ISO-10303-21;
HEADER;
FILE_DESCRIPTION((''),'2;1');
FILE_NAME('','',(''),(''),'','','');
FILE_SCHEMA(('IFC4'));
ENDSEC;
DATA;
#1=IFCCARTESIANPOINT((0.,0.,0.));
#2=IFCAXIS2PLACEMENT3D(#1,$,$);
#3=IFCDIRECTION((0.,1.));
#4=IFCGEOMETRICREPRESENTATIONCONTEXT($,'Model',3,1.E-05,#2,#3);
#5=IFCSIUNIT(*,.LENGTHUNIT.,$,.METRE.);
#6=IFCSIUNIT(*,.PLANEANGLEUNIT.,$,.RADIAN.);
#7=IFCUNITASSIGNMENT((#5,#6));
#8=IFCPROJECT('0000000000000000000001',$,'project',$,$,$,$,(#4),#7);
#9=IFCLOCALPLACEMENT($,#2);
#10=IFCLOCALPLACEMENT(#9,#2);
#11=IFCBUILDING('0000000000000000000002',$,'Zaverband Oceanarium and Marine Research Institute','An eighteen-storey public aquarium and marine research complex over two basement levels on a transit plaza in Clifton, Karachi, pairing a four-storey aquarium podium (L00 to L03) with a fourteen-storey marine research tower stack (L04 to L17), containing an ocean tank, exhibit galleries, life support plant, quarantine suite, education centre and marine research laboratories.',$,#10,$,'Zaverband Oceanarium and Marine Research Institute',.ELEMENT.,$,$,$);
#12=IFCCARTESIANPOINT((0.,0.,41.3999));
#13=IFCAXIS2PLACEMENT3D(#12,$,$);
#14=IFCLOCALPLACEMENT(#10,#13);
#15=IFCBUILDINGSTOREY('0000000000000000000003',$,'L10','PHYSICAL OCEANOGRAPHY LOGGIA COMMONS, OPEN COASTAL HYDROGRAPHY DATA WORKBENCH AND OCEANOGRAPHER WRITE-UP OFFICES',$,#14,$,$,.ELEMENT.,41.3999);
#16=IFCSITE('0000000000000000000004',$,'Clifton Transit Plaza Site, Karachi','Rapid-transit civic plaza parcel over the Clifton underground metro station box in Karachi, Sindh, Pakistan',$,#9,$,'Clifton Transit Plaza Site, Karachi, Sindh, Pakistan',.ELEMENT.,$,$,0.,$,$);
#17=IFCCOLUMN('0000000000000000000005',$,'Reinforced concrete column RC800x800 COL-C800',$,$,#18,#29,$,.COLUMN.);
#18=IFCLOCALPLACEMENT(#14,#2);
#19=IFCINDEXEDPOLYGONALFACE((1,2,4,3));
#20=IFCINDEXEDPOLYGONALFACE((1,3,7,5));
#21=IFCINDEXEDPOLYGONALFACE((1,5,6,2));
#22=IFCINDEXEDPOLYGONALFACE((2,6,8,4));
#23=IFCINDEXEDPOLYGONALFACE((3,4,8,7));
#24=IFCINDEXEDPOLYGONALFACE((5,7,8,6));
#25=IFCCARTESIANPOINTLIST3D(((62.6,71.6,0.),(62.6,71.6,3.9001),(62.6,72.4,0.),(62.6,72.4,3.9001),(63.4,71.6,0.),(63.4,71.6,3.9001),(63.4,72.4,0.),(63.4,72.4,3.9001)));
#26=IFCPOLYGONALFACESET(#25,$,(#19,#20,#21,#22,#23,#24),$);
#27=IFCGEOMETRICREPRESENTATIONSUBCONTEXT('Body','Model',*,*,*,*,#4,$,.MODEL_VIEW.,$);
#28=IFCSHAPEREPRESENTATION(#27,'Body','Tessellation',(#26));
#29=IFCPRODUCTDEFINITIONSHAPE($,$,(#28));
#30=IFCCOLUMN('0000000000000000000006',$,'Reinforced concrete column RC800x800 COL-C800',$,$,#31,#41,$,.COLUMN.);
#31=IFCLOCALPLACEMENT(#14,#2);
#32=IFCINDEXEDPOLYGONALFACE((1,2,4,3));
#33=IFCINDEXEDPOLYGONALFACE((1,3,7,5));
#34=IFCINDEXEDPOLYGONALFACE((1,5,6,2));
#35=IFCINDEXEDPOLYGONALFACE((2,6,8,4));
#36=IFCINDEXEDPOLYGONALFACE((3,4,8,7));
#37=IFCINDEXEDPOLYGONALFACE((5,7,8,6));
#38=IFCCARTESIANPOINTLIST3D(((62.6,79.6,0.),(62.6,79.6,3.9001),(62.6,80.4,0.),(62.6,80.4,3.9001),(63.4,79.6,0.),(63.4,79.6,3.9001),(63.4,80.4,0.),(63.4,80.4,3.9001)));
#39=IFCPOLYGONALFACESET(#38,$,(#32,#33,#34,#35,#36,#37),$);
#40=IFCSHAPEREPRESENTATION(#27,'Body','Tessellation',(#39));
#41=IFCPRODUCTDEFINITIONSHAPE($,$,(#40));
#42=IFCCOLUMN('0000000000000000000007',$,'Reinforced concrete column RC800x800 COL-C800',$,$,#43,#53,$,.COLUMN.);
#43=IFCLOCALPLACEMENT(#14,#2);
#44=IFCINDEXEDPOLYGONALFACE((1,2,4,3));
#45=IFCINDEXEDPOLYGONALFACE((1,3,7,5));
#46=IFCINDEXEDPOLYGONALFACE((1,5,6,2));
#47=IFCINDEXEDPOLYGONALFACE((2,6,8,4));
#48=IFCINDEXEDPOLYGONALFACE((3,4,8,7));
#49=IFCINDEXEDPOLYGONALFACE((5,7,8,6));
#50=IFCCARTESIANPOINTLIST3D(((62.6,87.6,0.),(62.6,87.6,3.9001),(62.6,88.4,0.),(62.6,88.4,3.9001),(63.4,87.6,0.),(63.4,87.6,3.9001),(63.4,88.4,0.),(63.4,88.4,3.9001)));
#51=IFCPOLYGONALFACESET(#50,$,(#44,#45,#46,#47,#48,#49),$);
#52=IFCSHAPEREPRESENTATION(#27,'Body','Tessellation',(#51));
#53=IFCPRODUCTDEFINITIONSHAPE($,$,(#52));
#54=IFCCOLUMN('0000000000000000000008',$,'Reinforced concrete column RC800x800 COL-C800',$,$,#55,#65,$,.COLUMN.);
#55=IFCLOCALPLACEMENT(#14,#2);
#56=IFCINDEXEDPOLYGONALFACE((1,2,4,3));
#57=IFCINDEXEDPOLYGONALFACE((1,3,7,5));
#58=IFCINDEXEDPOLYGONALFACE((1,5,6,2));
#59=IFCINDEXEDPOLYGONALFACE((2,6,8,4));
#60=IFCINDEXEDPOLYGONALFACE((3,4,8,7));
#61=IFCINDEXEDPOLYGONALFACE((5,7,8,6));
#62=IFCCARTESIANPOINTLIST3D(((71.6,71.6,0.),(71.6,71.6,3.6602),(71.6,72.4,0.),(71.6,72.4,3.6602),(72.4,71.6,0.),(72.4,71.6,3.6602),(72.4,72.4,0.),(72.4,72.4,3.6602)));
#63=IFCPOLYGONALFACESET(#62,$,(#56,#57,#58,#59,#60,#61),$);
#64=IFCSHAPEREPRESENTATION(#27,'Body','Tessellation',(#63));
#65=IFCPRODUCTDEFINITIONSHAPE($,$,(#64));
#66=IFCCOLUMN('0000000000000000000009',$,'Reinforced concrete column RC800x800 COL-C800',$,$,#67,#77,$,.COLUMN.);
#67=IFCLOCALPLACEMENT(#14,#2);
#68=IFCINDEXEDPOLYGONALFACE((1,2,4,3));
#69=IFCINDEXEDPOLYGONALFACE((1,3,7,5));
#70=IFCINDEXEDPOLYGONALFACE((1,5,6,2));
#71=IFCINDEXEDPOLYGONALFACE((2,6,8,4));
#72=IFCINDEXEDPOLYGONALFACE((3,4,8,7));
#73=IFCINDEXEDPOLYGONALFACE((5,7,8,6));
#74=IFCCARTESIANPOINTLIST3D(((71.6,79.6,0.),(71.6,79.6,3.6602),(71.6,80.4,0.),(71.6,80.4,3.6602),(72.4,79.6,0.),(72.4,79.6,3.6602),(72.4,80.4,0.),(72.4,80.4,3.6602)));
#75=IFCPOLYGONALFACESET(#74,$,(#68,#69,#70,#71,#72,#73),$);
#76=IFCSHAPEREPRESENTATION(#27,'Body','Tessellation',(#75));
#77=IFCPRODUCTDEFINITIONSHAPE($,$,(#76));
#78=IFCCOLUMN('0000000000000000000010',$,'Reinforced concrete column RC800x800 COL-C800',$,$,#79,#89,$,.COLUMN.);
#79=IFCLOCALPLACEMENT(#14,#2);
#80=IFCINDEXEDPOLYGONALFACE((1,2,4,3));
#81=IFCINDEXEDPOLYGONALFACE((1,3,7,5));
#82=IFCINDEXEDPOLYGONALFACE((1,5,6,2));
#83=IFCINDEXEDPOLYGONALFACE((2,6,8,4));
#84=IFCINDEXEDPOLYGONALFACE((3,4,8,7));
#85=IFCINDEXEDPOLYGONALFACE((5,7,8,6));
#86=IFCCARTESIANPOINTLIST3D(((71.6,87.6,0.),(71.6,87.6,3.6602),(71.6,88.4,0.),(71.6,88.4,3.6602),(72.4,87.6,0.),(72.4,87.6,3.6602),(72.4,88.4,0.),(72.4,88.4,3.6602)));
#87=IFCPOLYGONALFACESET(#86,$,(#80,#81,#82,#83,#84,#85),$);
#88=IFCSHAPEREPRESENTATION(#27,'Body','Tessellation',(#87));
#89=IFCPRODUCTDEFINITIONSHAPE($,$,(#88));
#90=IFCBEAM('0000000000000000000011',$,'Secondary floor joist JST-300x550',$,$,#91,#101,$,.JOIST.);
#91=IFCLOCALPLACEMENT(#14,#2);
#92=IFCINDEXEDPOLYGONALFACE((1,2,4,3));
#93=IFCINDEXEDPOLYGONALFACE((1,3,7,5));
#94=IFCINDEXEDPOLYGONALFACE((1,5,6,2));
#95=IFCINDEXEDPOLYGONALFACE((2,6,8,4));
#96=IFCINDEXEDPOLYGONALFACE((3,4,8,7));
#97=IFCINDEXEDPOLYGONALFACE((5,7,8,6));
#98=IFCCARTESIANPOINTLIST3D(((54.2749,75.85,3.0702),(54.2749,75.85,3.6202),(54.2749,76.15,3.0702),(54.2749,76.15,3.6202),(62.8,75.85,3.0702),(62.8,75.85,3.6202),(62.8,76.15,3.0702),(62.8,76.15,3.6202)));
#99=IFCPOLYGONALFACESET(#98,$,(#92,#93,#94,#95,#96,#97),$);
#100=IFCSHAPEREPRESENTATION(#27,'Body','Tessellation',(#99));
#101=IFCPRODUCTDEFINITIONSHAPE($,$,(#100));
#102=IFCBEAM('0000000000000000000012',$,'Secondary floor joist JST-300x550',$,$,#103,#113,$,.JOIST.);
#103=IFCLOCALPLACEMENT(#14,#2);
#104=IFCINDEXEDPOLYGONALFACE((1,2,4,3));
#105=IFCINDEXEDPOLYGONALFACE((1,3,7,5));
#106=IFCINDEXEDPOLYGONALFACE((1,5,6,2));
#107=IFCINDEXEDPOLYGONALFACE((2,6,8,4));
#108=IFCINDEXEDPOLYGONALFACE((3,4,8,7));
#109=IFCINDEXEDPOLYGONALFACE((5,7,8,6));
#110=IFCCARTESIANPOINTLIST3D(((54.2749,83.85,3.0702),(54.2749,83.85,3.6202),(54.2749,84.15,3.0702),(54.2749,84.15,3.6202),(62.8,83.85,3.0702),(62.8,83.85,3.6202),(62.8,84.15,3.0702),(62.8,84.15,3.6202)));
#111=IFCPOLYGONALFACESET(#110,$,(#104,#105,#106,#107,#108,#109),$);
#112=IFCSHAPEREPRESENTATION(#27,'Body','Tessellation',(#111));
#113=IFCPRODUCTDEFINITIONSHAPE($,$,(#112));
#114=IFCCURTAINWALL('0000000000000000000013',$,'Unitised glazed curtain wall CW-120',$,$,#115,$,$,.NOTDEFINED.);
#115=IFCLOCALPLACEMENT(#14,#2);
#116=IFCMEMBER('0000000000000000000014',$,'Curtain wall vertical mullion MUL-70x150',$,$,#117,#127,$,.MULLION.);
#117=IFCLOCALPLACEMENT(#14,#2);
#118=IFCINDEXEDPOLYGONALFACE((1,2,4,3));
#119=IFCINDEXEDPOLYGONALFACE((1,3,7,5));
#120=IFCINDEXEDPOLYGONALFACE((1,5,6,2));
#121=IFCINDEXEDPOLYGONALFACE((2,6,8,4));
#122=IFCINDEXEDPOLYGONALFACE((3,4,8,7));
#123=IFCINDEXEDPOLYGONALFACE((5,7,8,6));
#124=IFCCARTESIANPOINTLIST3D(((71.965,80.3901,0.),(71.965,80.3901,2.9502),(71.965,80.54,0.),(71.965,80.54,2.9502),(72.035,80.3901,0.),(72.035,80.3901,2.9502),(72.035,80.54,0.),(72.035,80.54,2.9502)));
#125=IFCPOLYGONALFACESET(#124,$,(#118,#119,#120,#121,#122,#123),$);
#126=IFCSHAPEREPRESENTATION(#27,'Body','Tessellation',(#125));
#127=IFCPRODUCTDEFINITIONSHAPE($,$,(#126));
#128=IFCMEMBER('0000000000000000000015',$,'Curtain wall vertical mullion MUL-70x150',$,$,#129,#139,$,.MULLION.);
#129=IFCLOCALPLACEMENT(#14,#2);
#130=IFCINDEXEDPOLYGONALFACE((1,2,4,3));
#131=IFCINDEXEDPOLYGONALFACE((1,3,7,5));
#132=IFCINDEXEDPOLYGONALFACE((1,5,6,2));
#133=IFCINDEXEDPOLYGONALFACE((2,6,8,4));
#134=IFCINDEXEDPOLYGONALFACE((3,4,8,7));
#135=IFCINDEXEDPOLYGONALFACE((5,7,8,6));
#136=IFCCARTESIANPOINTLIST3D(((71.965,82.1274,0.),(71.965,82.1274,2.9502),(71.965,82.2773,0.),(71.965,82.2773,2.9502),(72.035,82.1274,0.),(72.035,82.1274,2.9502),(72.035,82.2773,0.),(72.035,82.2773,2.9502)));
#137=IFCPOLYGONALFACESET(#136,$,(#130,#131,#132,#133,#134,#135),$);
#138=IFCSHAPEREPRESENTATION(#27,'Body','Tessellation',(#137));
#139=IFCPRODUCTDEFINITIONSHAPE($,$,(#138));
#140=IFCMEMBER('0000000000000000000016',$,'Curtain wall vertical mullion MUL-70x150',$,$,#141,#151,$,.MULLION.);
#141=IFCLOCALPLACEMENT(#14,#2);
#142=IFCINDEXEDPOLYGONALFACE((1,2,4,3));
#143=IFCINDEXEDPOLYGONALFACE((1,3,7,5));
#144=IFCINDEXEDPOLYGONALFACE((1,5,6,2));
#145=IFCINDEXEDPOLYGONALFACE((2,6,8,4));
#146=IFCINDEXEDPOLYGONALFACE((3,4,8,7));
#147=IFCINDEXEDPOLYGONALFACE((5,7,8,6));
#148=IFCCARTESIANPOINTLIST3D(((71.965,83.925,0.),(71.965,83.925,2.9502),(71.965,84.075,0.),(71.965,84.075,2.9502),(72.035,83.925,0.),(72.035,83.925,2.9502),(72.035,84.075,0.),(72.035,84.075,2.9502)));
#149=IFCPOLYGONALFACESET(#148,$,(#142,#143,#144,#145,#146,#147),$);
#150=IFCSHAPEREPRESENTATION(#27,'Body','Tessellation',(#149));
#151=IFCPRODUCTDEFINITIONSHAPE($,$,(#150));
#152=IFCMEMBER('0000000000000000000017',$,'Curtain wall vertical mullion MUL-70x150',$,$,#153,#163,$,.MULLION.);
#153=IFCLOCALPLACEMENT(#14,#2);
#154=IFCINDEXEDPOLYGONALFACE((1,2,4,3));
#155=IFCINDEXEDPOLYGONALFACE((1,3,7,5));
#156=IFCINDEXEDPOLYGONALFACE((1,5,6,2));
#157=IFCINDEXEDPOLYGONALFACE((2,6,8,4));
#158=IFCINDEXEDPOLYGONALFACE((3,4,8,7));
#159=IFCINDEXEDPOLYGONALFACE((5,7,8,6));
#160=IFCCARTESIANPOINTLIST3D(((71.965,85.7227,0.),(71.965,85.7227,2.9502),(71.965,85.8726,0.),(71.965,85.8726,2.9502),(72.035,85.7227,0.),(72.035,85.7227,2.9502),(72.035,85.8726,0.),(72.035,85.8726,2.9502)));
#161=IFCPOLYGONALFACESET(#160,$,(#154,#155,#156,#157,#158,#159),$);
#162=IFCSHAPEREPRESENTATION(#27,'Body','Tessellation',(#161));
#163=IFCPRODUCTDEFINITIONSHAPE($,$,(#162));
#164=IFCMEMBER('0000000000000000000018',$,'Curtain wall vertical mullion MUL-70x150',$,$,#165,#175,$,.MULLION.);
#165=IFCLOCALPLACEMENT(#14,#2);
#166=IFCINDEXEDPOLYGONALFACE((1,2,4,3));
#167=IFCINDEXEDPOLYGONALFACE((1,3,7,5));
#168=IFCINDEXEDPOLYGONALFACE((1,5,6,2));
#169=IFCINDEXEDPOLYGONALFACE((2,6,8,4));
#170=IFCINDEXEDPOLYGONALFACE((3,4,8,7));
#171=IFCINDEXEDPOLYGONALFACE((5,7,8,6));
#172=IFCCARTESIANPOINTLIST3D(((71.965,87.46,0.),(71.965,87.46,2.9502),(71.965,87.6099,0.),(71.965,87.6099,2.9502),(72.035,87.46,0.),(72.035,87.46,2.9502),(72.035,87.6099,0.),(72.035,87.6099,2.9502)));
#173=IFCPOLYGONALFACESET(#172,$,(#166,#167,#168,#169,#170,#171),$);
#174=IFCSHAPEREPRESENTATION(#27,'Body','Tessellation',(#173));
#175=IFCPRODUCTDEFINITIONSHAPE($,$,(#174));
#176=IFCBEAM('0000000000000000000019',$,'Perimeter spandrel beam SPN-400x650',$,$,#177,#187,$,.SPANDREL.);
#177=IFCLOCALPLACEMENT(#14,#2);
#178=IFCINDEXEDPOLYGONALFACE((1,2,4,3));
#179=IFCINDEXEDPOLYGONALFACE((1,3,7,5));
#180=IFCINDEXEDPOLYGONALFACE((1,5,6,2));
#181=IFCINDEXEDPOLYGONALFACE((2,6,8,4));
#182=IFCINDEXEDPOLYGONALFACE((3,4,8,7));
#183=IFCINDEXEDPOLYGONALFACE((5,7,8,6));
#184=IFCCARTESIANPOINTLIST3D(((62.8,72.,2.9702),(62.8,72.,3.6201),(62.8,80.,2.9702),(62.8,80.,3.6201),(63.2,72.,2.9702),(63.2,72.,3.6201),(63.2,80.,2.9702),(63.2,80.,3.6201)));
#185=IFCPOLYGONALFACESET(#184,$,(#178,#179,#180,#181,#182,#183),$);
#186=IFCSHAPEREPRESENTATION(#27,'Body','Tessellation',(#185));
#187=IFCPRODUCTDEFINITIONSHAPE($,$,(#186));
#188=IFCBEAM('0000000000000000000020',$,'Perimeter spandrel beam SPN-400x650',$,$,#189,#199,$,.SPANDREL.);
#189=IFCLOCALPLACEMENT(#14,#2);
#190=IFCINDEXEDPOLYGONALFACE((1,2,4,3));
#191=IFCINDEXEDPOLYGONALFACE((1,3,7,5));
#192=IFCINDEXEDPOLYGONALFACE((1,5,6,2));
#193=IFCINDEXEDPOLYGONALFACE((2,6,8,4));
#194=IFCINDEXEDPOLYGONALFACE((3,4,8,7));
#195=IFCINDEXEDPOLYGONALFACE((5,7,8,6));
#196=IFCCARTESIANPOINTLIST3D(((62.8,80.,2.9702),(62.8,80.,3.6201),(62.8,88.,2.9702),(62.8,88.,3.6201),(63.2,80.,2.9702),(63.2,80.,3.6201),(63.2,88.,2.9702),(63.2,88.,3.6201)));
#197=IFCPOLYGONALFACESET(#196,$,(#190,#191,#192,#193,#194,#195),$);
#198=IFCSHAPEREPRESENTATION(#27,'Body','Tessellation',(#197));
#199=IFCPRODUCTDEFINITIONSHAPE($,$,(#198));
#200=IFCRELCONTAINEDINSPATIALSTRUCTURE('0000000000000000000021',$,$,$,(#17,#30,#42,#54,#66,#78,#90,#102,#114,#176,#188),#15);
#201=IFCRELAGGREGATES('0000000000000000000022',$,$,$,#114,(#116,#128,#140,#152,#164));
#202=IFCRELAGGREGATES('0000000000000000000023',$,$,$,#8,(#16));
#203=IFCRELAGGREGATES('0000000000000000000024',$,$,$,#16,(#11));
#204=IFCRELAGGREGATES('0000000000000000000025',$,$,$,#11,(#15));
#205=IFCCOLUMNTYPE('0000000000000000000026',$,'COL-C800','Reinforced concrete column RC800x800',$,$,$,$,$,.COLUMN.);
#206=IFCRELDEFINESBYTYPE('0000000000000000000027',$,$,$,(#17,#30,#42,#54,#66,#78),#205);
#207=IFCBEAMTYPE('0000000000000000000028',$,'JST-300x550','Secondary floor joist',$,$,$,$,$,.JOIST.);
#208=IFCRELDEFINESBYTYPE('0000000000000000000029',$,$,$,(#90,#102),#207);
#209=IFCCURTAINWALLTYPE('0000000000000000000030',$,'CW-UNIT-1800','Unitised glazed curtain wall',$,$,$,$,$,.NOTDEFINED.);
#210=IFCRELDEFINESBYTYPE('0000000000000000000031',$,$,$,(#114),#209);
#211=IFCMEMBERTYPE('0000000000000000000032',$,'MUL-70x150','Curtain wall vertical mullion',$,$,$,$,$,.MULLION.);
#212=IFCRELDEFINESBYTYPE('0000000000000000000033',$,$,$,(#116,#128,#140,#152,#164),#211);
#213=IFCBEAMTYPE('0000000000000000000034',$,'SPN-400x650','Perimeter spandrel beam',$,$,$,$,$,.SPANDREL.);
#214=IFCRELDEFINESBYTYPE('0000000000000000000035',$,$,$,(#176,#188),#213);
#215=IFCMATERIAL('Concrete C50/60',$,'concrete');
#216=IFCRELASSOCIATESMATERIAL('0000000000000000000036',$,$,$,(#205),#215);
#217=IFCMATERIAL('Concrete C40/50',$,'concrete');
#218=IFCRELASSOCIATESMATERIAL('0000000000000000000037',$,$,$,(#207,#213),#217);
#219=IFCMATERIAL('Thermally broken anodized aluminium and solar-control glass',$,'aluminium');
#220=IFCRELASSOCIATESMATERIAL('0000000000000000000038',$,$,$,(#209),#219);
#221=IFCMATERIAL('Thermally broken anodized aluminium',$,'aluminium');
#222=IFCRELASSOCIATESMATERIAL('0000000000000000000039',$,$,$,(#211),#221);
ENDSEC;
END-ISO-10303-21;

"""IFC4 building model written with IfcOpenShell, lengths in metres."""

from ifc_helpers import new_model, si_unit, direction, frame, origin, origin_2d, place, context, subcontext, project, spatial, rectangle, extrude, material, material_profile, profile_set, type_object, element, aggregate, save


model = new_model("IFC4")

# Units and contexts
model_context = context("Model", 3, precision=1e-05, world=origin(), true_north=direction((0.0, 1.0)))
body_context = subcontext(model_context, "Body", "Model", "MODEL_VIEW")
ifc_project = project(units=[si_unit("LENGTHUNIT", "METRE"), si_unit("PLANEANGLEUNIT", "RADIAN")], contexts=[model_context])

# Site, building, storey
site_placement = place(None, origin())
site = spatial("IfcSite", under=ifc_project, at=site_placement, Name="Clifton Transit Plaza Site, Karachi", Description="Rapid-transit civic plaza parcel over the Clifton underground metro station box in Karachi, Sindh, Pakistan", LongName="Clifton Transit Plaza Site, Karachi, Sindh, Pakistan", CompositionType="ELEMENT", RefElevation=0.0)
building_placement = place(site_placement, origin())
building = spatial("IfcBuilding", under=site, at=building_placement, Name="Zaverband Oceanarium and Marine Research Institute", Description="An eighteen-storey public aquarium and marine research complex over two basement levels on a transit plaza in Clifton, Karachi, pairing a four-storey aquarium podium (L00 to L03) with a fourteen-storey marine research tower stack (L04 to L17), containing an ocean tank, exhibit galleries, life support plant, quarantine suite, education centre and marine research laboratories.", LongName="Zaverband Oceanarium and Marine Research Institute", CompositionType="ELEMENT")
storey_placement = place(building_placement, frame((0.0, 0.0, 41.3999)))
storey = spatial("IfcBuildingStorey", under=building, at=storey_placement, Name="L10", Description="PHYSICAL OCEANOGRAPHY LOGGIA COMMONS, OPEN COASTAL HYDROGRAPHY DATA WORKBENCH AND OCEANOGRAPHER WRITE-UP OFFICES", CompositionType="ELEMENT", Elevation=41.3999)

# Columns
ifc_material_1 = material(Name="Concrete C50/60", Category="concrete")
ifc_material_profile_1 = material_profile(ifc_material_1, rectangle(XDim=0.8, YDim=0.8, at=origin_2d()), Name="RC800x800")
ifc_profile_set_1 = profile_set([ifc_material_profile_1], Name="Concrete C50/60")
column_type = type_object("IfcColumnType", Name="COL-C800", Description="Reinforced concrete column RC800x800", PredefinedType="COLUMN", material=ifc_profile_set_1)
for number, where, z_axis, x_axis, name in (
    (1, (63.0, 72.0, 0.0), (0.0, 0.0, 1.0), (1.0, 0.0, 0.0), "Reinforced concrete column RC800x800 COL-C800"),
    (2, (63.0, 80.0, 0.0), (0.0, 0.0, 1.0), (1.0, 0.0, 0.0), "Reinforced concrete column RC800x800 COL-C800"),
    (3, (63.0, 88.0, 0.0), (0.0, 0.0, 1.0), (1.0, 0.0, 0.0), "Reinforced concrete column RC800x800 COL-C800"),
):
    element("IfcColumn", number, at=place(storey_placement, frame(where, z_axis=z_axis, x_axis=x_axis)), inside=storey, type_object=column_type, Name=name, PredefinedType="COLUMN", context=body_context, shape_type="SweptSolid", body=[
        extrude(rectangle(XDim=0.8, YDim=0.8, at=origin_2d()), origin(), (0.0, 0.0, 1.0), 3.9001),
    ])
for number, where, z_axis, x_axis, name in (
    (4, (72.0, 72.0, 0.0), (0.0, 0.0, 1.0), (1.0, 0.0, 0.0), "Reinforced concrete column RC800x800 COL-C800"),
    (5, (72.0, 80.0, 0.0), (0.0, 0.0, 1.0), (1.0, 0.0, 0.0), "Reinforced concrete column RC800x800 COL-C800"),
    (6, (72.0, 88.0, 0.0), (0.0, 0.0, 1.0), (1.0, 0.0, 0.0), "Reinforced concrete column RC800x800 COL-C800"),
):
    element("IfcColumn", number, at=place(storey_placement, frame(where, z_axis=z_axis, x_axis=x_axis)), inside=storey, type_object=column_type, Name=name, PredefinedType="COLUMN", context=body_context, shape_type="SweptSolid", body=[
        extrude(rectangle(XDim=0.8, YDim=0.8, at=origin_2d()), origin(), (0.0, 0.0, 1.0), 3.6602),
    ])

# Beams
ifc_material_2 = material(Name="Concrete C40/50", Category="concrete")
ifc_material_profile_2 = material_profile(ifc_material_2, rectangle(XDim=0.3, YDim=0.55, at=origin_2d()), Name="RC300x550")
ifc_profile_set_2 = profile_set([ifc_material_profile_2], Name="Concrete C40/50")
beam_type_1 = type_object("IfcBeamType", Name="JST-300x550", Description="Secondary floor joist", PredefinedType="JOIST", material=ifc_profile_set_2)
for number, where, z_axis, x_axis, name in (
    (7, (54.2749, 76.0, 3.3452), (1.0, 0.0, 0.0), (0.0, 1.0, 0.0), "Secondary floor joist JST-300x550"),
    (8, (54.2749, 84.0, 3.3452), (1.0, 0.0, 0.0), (0.0, 1.0, 0.0), "Secondary floor joist JST-300x550"),
):
    element("IfcBeam", number, at=place(storey_placement, frame(where, z_axis=z_axis, x_axis=x_axis)), inside=storey, type_object=beam_type_1, Name=name, PredefinedType="JOIST", context=body_context, shape_type="SweptSolid", body=[
        extrude(rectangle(XDim=0.3, YDim=0.55, at=origin_2d()), origin(), (0.0, 0.0, 1.0), 8.5251),
    ])

# Curtain wall, members
ifc_material_3 = material(Name="Thermally broken anodized aluminium and solar-control glass", Category="aluminium")
curtain_wall_type = type_object("IfcCurtainWallType", Name="CW-UNIT-1800", Description="Unitised glazed curtain wall", PredefinedType="NOTDEFINED", material=ifc_material_3)
curtain_wall_placement = place(storey_placement, origin())
curtain_wall = element("IfcCurtainWall", 9, at=curtain_wall_placement, inside=storey, type_object=curtain_wall_type, Name="Unitised glazed curtain wall CW-120", PredefinedType="NOTDEFINED")
ifc_material_4 = material(Name="Thermally broken anodized aluminium", Category="aluminium")
ifc_material_profile_3 = material_profile(ifc_material_4, rectangle(XDim=0.0701, YDim=0.1499, at=origin_2d()), Name="AL-MUL-70x150")
ifc_profile_set_3 = profile_set([ifc_material_profile_3], Name="Thermally broken anodized aluminium")
member_type_1 = type_object("IfcMemberType", Name="MUL-70x150", Description="Curtain wall vertical mullion", PredefinedType="MULLION", material=ifc_profile_set_3)
member_1_placement = place(storey_placement, frame((72.0, 80.4651, 0.0), z_axis=(0.0, 0.0, 1.0), x_axis=(1.0, 0.0, 0.0)))
member_1 = element("IfcMember", 10, at=member_1_placement, type_object=member_type_1, Name="Curtain wall vertical mullion MUL-70x150", PredefinedType="MULLION", context=body_context, shape_type="SweptSolid", body=[
    extrude(rectangle(XDim=0.0701, YDim=0.1499, at=origin_2d()), origin(), (0.0, 0.0, 1.0), 2.9502),
])
member_2_placement = place(storey_placement, frame((72.0, 82.2024, 0.0), z_axis=(0.0, 0.0, 1.0), x_axis=(1.0, 0.0, 0.0)))
member_2 = element("IfcMember", 11, at=member_2_placement, type_object=member_type_1, Name="Curtain wall vertical mullion MUL-70x150", PredefinedType="MULLION", context=body_context, shape_type="SweptSolid", body=[
    extrude(rectangle(XDim=0.0701, YDim=0.1499, at=origin_2d()), origin(), (0.0, 0.0, 1.0), 2.9502),
])
member_3_placement = place(storey_placement, frame((72.0, 84.0, 0.0), z_axis=(0.0, 0.0, 1.0), x_axis=(1.0, 0.0, 0.0)))
member_3 = element("IfcMember", 12, at=member_3_placement, type_object=member_type_1, Name="Curtain wall vertical mullion MUL-70x150", PredefinedType="MULLION", context=body_context, shape_type="SweptSolid", body=[
    extrude(rectangle(XDim=0.0701, YDim=0.1499, at=origin_2d()), origin(), (0.0, 0.0, 1.0), 2.9502),
])
member_4_placement = place(storey_placement, frame((72.0, 85.7976, 0.0), z_axis=(0.0, 0.0, 1.0), x_axis=(1.0, 0.0, 0.0)))
member_4 = element("IfcMember", 13, at=member_4_placement, type_object=member_type_1, Name="Curtain wall vertical mullion MUL-70x150", PredefinedType="MULLION", context=body_context, shape_type="SweptSolid", body=[
    extrude(rectangle(XDim=0.0701, YDim=0.1499, at=origin_2d()), origin(), (0.0, 0.0, 1.0), 2.9502),
])
member_5_placement = place(storey_placement, frame((72.0, 87.5349, 0.0), z_axis=(0.0, 0.0, 1.0), x_axis=(1.0, 0.0, 0.0)))
member_5 = element("IfcMember", 14, at=member_5_placement, type_object=member_type_1, Name="Curtain wall vertical mullion MUL-70x150", PredefinedType="MULLION", context=body_context, shape_type="SweptSolid", body=[
    extrude(rectangle(XDim=0.0701, YDim=0.1499, at=origin_2d()), origin(), (0.0, 0.0, 1.0), 2.9502),
])

# Beams
ifc_material_profile_4 = material_profile(ifc_material_2, rectangle(XDim=0.3999, YDim=0.6499, at=origin_2d()), Name="RC400x650")
ifc_profile_set_4 = profile_set([ifc_material_profile_4], Name="Concrete C40/50")
beam_type_2 = type_object("IfcBeamType", Name="SPN-400x650", Description="Perimeter spandrel beam", PredefinedType="SPANDREL", material=ifc_profile_set_4)
for number, where, z_axis, x_axis, name in (
    (15, (63.0, 72.0, 3.2952), (0.0, 1.0, 0.0), (-1.0, 0.0, 0.0), "Perimeter spandrel beam SPN-400x650"),
    (16, (63.0, 80.0, 3.2952), (0.0, 1.0, 0.0), (-1.0, 0.0, 0.0), "Perimeter spandrel beam SPN-400x650"),
):
    element("IfcBeam", number, at=place(storey_placement, frame(where, z_axis=z_axis, x_axis=x_axis)), inside=storey, type_object=beam_type_2, Name=name, PredefinedType="SPANDREL", context=body_context, shape_type="SweptSolid", body=[
        extrude(rectangle(XDim=0.3999, YDim=0.6499, at=origin_2d()), origin(), (0.0, 0.0, 1.0), 8.0),
    ])

aggregate(curtain_wall, [member_1, member_2, member_3, member_4, member_5])

save(model, "model.ifc")
